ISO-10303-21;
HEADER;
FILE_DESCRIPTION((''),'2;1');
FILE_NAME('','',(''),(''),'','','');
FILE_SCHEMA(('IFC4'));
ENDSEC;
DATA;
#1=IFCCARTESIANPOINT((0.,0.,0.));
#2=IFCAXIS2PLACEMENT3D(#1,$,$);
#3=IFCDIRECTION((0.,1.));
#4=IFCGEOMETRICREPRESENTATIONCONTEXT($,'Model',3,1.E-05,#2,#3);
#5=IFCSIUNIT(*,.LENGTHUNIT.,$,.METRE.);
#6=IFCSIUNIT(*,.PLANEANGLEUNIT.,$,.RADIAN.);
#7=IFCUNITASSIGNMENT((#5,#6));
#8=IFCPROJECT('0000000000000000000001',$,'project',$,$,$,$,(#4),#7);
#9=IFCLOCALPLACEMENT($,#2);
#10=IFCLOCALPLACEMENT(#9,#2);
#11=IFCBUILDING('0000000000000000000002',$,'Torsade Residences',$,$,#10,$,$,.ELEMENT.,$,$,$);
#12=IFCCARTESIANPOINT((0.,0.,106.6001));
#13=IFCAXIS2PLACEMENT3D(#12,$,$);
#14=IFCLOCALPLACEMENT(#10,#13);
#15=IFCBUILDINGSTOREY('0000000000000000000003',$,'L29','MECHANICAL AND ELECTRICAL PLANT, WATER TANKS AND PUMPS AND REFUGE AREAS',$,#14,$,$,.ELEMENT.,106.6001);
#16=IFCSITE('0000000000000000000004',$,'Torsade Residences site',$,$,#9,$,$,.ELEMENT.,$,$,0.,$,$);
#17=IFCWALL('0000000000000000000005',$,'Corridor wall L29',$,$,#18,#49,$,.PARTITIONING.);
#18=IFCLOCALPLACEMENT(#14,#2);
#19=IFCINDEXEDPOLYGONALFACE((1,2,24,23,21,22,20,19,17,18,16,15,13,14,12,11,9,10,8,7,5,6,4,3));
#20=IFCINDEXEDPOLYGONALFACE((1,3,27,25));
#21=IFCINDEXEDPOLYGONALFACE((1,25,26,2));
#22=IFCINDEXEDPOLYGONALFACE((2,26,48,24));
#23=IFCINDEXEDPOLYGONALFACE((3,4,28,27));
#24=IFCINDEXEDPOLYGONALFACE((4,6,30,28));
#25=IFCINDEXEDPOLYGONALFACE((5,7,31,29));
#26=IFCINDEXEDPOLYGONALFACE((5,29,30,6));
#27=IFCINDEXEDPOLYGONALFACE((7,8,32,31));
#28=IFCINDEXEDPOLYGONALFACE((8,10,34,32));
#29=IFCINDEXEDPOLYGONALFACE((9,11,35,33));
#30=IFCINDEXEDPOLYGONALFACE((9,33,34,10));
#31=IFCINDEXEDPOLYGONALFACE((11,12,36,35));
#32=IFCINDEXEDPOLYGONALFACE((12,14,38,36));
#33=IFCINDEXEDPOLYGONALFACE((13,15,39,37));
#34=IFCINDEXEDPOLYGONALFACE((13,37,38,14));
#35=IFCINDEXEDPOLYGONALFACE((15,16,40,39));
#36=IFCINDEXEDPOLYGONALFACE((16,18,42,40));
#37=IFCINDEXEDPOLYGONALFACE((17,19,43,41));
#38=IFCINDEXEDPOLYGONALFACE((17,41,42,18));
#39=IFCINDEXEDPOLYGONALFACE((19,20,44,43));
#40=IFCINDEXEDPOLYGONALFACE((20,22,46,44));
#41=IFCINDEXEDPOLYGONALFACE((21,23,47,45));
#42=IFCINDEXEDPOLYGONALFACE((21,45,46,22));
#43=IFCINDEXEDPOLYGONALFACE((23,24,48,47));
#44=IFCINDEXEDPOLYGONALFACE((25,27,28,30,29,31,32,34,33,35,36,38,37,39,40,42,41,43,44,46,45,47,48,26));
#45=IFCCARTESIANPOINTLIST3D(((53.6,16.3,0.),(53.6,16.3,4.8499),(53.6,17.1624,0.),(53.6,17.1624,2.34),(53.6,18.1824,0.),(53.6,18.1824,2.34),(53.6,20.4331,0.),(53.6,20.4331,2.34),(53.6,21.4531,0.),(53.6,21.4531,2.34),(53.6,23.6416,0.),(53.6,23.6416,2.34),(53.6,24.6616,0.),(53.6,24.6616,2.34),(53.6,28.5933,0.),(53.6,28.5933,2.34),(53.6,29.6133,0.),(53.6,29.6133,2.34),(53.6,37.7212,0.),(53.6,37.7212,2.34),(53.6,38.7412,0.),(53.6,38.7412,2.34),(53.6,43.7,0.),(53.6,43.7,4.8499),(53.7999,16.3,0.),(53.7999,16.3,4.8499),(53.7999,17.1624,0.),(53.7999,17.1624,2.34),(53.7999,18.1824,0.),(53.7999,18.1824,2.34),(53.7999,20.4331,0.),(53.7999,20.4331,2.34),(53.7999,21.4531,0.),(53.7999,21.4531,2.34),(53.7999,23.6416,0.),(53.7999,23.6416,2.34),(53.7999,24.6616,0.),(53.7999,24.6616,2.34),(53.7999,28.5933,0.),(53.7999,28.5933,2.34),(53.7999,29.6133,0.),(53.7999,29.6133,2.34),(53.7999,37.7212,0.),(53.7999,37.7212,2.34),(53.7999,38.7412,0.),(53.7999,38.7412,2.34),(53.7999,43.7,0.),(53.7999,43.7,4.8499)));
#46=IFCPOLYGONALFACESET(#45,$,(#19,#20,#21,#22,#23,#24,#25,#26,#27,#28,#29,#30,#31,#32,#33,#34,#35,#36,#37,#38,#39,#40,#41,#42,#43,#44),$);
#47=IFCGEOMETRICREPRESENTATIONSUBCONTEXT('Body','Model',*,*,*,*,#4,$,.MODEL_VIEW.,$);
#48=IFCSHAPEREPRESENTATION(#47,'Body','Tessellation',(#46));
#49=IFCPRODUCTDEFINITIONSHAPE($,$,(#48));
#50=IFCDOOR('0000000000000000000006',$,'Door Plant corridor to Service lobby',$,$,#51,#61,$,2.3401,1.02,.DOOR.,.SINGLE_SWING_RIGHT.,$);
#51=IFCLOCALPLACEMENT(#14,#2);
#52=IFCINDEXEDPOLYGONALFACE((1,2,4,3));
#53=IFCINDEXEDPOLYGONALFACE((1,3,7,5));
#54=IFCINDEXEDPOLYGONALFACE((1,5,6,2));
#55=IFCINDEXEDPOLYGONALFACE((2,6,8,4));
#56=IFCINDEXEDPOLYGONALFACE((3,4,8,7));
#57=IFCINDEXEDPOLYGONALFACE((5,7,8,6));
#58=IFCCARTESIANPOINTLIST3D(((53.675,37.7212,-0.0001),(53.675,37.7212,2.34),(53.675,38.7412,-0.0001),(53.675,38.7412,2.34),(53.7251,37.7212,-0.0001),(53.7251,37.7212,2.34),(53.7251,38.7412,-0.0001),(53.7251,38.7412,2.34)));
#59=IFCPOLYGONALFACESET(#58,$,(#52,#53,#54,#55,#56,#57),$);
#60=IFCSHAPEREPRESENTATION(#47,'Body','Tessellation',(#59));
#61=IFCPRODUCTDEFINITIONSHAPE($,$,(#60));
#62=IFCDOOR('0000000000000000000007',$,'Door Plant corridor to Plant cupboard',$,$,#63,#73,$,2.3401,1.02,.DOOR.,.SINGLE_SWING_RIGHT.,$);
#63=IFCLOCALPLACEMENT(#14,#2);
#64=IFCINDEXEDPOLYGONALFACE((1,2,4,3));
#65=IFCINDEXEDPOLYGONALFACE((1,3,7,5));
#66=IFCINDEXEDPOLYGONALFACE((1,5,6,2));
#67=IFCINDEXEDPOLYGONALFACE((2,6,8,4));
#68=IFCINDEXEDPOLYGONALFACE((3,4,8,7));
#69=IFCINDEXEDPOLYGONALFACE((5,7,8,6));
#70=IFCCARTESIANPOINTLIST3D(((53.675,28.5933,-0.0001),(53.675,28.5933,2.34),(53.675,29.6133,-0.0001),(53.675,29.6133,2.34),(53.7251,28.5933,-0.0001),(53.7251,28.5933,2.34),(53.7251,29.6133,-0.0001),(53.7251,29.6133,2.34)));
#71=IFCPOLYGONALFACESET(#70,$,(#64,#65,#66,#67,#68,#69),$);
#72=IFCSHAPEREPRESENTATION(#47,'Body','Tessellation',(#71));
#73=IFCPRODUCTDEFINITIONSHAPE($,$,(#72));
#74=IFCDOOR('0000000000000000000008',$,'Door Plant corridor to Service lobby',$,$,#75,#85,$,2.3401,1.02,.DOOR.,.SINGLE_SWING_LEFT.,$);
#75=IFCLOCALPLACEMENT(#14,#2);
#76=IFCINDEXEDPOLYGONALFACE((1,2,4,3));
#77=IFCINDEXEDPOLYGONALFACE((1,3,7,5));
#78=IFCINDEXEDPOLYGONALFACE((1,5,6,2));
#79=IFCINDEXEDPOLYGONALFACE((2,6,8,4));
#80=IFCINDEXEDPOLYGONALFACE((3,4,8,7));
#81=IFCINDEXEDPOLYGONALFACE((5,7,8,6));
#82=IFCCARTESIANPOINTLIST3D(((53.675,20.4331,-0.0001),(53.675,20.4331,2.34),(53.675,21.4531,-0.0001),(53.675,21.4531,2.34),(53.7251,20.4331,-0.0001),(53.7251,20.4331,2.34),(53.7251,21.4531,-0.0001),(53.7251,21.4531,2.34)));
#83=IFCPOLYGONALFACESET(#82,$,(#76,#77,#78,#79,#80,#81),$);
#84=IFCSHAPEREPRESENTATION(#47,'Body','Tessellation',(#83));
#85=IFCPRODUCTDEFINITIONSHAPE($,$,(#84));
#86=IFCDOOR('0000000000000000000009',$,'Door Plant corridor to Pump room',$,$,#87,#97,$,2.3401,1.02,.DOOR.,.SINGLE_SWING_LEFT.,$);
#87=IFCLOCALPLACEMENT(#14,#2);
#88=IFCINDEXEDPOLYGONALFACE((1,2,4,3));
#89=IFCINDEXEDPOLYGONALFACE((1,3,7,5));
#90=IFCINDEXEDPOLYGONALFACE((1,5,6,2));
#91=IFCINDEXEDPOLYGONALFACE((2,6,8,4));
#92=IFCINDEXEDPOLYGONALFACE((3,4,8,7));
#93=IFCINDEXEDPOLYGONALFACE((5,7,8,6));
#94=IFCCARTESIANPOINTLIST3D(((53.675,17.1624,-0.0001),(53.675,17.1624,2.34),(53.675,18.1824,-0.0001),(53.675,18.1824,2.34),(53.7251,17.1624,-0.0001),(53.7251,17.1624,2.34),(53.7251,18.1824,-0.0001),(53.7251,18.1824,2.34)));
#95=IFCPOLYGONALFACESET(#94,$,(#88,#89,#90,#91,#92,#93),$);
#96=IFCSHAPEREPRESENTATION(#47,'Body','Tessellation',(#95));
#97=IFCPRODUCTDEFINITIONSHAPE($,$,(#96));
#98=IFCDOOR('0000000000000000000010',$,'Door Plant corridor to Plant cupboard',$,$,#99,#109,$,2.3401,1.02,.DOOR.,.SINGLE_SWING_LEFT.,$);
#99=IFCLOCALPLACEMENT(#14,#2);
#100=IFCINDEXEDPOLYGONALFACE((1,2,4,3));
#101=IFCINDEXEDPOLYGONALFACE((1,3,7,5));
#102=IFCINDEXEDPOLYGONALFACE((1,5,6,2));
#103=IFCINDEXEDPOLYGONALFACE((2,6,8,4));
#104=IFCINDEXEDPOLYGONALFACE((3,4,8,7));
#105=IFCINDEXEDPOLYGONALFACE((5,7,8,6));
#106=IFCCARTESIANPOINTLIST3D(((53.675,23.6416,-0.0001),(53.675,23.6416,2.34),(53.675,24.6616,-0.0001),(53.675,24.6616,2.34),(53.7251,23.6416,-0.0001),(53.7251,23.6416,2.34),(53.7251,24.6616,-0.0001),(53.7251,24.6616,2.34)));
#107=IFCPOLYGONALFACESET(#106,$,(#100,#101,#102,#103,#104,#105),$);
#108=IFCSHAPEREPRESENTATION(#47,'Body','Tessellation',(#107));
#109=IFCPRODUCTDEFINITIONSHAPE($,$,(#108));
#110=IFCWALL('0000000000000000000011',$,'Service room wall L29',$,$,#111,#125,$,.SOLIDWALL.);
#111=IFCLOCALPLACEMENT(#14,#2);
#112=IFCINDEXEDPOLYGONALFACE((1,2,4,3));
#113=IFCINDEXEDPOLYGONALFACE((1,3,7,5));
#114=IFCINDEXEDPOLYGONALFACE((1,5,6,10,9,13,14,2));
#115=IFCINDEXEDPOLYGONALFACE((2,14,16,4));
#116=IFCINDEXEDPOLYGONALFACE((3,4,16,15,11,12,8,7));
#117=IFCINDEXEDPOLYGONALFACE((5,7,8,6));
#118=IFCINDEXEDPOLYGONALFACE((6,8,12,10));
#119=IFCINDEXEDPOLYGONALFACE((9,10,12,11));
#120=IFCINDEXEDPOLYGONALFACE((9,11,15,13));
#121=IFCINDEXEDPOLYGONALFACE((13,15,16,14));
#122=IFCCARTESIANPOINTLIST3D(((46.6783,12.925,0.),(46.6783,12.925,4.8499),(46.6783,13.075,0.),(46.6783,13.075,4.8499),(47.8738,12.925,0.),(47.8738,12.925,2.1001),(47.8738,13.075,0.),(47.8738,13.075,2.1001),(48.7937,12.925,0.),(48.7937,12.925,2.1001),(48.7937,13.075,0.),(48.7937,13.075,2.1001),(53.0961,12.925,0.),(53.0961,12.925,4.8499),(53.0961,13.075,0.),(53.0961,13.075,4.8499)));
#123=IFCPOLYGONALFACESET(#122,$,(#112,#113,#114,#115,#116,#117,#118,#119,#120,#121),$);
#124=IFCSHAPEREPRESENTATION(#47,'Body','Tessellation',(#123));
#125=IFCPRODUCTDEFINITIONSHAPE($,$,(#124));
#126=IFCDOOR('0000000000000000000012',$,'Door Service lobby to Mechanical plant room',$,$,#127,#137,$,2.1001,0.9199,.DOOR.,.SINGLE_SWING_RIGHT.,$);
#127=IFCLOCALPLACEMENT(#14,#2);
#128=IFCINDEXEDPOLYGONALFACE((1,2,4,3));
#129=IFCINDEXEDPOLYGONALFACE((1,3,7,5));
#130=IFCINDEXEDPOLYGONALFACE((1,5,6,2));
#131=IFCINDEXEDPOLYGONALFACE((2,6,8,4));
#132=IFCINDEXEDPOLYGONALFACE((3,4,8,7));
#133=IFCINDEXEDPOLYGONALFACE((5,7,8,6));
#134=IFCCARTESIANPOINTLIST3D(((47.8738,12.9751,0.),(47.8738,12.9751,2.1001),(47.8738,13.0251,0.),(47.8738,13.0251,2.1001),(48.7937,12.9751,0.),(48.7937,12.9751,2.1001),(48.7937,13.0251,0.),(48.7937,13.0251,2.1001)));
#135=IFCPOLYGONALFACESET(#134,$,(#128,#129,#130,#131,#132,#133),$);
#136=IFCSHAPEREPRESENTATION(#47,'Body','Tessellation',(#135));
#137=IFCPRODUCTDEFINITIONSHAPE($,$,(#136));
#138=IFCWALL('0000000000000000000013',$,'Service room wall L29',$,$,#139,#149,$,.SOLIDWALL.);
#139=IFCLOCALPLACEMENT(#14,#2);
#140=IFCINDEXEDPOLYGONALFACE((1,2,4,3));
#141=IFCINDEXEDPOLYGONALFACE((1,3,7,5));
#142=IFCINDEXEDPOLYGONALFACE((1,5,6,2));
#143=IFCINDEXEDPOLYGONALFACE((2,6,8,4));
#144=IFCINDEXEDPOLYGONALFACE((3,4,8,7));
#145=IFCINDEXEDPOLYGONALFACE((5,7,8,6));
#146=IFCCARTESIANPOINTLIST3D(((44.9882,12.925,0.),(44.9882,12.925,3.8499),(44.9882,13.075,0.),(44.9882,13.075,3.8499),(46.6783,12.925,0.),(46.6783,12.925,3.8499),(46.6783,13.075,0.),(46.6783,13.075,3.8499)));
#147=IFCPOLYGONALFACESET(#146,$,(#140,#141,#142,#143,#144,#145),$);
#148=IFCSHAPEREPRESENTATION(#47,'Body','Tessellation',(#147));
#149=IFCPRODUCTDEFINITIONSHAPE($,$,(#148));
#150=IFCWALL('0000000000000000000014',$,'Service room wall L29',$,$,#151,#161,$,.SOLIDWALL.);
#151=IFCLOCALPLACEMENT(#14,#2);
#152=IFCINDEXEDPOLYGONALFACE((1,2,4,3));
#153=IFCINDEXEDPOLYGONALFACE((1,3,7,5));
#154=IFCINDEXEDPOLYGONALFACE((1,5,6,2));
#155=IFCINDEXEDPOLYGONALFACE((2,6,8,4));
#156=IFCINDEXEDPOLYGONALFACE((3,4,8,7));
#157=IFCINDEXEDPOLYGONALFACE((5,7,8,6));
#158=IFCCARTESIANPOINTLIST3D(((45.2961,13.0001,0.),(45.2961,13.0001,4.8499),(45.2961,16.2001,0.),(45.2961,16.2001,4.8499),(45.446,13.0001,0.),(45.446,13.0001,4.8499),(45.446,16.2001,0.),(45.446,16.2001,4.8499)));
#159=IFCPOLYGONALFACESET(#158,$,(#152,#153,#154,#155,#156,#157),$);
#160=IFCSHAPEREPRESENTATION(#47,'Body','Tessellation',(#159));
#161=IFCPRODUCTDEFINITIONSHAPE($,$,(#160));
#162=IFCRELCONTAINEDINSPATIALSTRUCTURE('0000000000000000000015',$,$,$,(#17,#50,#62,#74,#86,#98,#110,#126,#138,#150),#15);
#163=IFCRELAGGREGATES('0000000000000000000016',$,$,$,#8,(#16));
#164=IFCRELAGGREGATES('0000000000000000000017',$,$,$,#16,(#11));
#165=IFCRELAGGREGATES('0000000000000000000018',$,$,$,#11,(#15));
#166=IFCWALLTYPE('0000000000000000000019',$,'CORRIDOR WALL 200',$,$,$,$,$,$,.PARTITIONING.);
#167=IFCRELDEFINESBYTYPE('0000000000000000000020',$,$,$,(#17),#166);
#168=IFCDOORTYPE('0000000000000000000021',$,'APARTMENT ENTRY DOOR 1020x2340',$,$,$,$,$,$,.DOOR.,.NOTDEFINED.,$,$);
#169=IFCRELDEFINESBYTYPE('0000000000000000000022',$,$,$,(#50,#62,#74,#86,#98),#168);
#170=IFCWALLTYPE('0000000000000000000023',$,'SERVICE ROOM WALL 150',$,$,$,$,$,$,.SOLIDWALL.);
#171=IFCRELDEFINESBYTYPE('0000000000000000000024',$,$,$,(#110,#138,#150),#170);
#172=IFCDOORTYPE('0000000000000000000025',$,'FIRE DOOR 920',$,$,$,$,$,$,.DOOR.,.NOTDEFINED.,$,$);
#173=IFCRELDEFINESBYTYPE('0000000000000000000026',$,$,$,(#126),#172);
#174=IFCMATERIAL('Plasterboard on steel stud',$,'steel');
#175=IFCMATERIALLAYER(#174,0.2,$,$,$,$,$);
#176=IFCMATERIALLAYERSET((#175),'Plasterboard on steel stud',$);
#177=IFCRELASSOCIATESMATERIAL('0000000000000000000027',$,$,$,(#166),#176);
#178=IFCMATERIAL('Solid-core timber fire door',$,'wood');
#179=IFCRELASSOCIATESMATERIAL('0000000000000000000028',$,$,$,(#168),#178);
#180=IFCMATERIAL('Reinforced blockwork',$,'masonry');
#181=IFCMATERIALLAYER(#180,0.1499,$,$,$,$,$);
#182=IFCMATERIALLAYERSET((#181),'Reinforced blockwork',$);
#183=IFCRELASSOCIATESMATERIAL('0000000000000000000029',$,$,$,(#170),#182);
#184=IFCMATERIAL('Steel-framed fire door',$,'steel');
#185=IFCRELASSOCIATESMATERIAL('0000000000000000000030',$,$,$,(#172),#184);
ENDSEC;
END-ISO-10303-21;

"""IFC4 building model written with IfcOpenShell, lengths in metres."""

from ifc_helpers import new_model, si_unit, direction, frame, frame_2d, origin, place, context, subcontext, project, spatial, rectangle, extrude, material, layer, layer_set, type_object, element, fill, save


model = new_model("IFC4")

# Units and contexts
model_context = context("Model", 3, precision=1e-05, world=origin(), true_north=direction((0.0, 1.0)))
body_context = subcontext(model_context, "Body", "Model", "MODEL_VIEW")
ifc_project = project(units=[si_unit("LENGTHUNIT", "METRE"), si_unit("PLANEANGLEUNIT", "RADIAN")], contexts=[model_context])

# Site, building, storey
site_placement = place(None, origin())
site = spatial("IfcSite", under=ifc_project, at=site_placement, Name="Torsade Residences site", CompositionType="ELEMENT", RefElevation=0.0)
building_placement = place(site_placement, origin())
building = spatial("IfcBuilding", under=site, at=building_placement, Name="Torsade Residences", CompositionType="ELEMENT")
storey_placement = place(building_placement, frame((0.0, 0.0, 106.6001)))
storey = spatial("IfcBuildingStorey", under=building, at=storey_placement, Name="L29", Description="MECHANICAL AND ELECTRICAL PLANT, WATER TANKS AND PUMPS AND REFUGE AREAS", CompositionType="ELEMENT", Elevation=106.6001)

# Wall, openings, doors
ifc_material_1 = material(Name="Plasterboard on steel stud", Category="steel")
ifc_layer_1 = layer(ifc_material_1, 0.2)
ifc_layer_set_1 = layer_set([ifc_layer_1], Name="Plasterboard on steel stud")
wall_type_1 = type_object("IfcWallType", Name="CORRIDOR WALL 200", PredefinedType="PARTITIONING", material=ifc_layer_set_1)
wall_1_placement = place(storey_placement, frame((53.7, 16.3, 0.0), z_axis=(0.0, 0.0, 1.0), x_axis=(0.0, 1.0, 0.0)))
wall_1 = element("IfcWall", 1, at=wall_1_placement, inside=storey, type_object=wall_type_1, Name="Corridor wall L29", PredefinedType="PARTITIONING", context=body_context, shape_type="SweptSolid", body=[
    extrude(rectangle(XDim=27.3999, YDim=0.2, at=frame_2d((13.7, 0.0))), origin(), (0.0, 0.0, 1.0), 4.8499),
])
opening_1_placement = place(wall_1_placement, frame((21.4211, 0.0, 0.0)))
opening_1 = element("IfcOpeningElement", 2, at=opening_1_placement, cuts=wall_1, PredefinedType="OPENING", context=body_context, shape_type="SweptSolid", body=[
    extrude(rectangle(XDim=1.02, YDim=2.3401, at=frame_2d((0.51, 1.1699))), frame((0.0, 0.1099, 0.0), z_axis=(0.0, -1.0, 0.0), x_axis=(1.0, 0.0, 0.0)), (0.0, 0.0, 1.0), 0.22),
])
opening_2_placement = place(wall_1_placement, frame((12.2932, 0.0, 0.0)))
opening_2 = element("IfcOpeningElement", 3, at=opening_2_placement, cuts=wall_1, PredefinedType="OPENING", context=body_context, shape_type="SweptSolid", body=[
    extrude(rectangle(XDim=1.02, YDim=2.3401, at=frame_2d((0.51, 1.1699))), frame((0.0, 0.1099, 0.0), z_axis=(0.0, -1.0, 0.0), x_axis=(1.0, 0.0, 0.0)), (0.0, 0.0, 1.0), 0.22),
])
opening_3_placement = place(wall_1_placement, frame((4.1331, 0.0, 0.0)))
opening_3 = element("IfcOpeningElement", 4, at=opening_3_placement, cuts=wall_1, PredefinedType="OPENING", context=body_context, shape_type="SweptSolid", body=[
    extrude(rectangle(XDim=1.02, YDim=2.3401, at=frame_2d((0.51, 1.1699))), frame((0.0, 0.1099, 0.0), z_axis=(0.0, -1.0, 0.0), x_axis=(1.0, 0.0, 0.0)), (0.0, 0.0, 1.0), 0.22),
])
opening_4_placement = place(wall_1_placement, frame((0.8623, 0.0, 0.0)))
opening_4 = element("IfcOpeningElement", 5, at=opening_4_placement, cuts=wall_1, PredefinedType="OPENING", context=body_context, shape_type="SweptSolid", body=[
    extrude(rectangle(XDim=1.02, YDim=2.3401, at=frame_2d((0.51, 1.1699))), frame((0.0, 0.1099, 0.0), z_axis=(0.0, -1.0, 0.0), x_axis=(1.0, 0.0, 0.0)), (0.0, 0.0, 1.0), 0.22),
])
opening_5_placement = place(wall_1_placement, frame((7.3416, 0.0, 0.0)))
opening_5 = element("IfcOpeningElement", 6, at=opening_5_placement, cuts=wall_1, PredefinedType="OPENING", context=body_context, shape_type="SweptSolid", body=[
    extrude(rectangle(XDim=1.02, YDim=2.3401, at=frame_2d((0.51, 1.1699))), frame((0.0, 0.1099, 0.0), z_axis=(0.0, -1.0, 0.0), x_axis=(1.0, 0.0, 0.0)), (0.0, 0.0, 1.0), 0.22),
])
ifc_material_2 = material(Name="Solid-core timber fire door", Category="wood")
door_type_1 = type_object("IfcDoorType", Name="APARTMENT ENTRY DOOR 1020x2340", OperationType="NOTDEFINED", PredefinedType="DOOR", material=ifc_material_2)
door_1_placement = place(opening_1_placement, origin())
door_1 = element("IfcDoor", 7, at=door_1_placement, inside=storey, type_object=door_type_1, Name="Door Plant corridor to Service lobby", OperationType="SINGLE_SWING_RIGHT", OverallHeight=2.3401, OverallWidth=1.02, PredefinedType="DOOR", context=body_context, shape_type="SweptSolid", body=[
    extrude(rectangle(XDim=1.02, YDim=2.3401, at=frame_2d((0.51, 1.1699))), frame((0.0, 0.0249, 0.0), z_axis=(0.0, -1.0, 0.0), x_axis=(1.0, 0.0, 0.0)), (0.0, 0.0, 1.0), 0.05),
])
fill(opening_1, door_1)
door_2_placement = place(opening_2_placement, origin())
door_2 = element("IfcDoor", 8, at=door_2_placement, inside=storey, type_object=door_type_1, Name="Door Plant corridor to Plant cupboard", OperationType="SINGLE_SWING_RIGHT", OverallHeight=2.3401, OverallWidth=1.02, PredefinedType="DOOR", context=body_context, shape_type="SweptSolid", body=[
    extrude(rectangle(XDim=1.02, YDim=2.3401, at=frame_2d((0.51, 1.1699))), frame((0.0, 0.0249, 0.0), z_axis=(0.0, -1.0, 0.0), x_axis=(1.0, 0.0, 0.0)), (0.0, 0.0, 1.0), 0.05),
])
fill(opening_2, door_2)
door_3_placement = place(opening_3_placement, origin())
door_3 = element("IfcDoor", 9, at=door_3_placement, inside=storey, type_object=door_type_1, Name="Door Plant corridor to Service lobby", OperationType="SINGLE_SWING_LEFT", OverallHeight=2.3401, OverallWidth=1.02, PredefinedType="DOOR", context=body_context, shape_type="SweptSolid", body=[
    extrude(rectangle(XDim=1.02, YDim=2.3401, at=frame_2d((0.51, 1.1699))), frame((0.0, 0.0249, 0.0), z_axis=(0.0, -1.0, 0.0), x_axis=(1.0, 0.0, 0.0)), (0.0, 0.0, 1.0), 0.05),
])
fill(opening_3, door_3)
door_4_placement = place(opening_4_placement, origin())
door_4 = element("IfcDoor", 10, at=door_4_placement, inside=storey, type_object=door_type_1, Name="Door Plant corridor to Pump room", OperationType="SINGLE_SWING_LEFT", OverallHeight=2.3401, OverallWidth=1.02, PredefinedType="DOOR", context=body_context, shape_type="SweptSolid", body=[
    extrude(rectangle(XDim=1.02, YDim=2.3401, at=frame_2d((0.51, 1.1699))), frame((0.0, 0.0249, 0.0), z_axis=(0.0, -1.0, 0.0), x_axis=(1.0, 0.0, 0.0)), (0.0, 0.0, 1.0), 0.05),
])
fill(opening_4, door_4)
door_5_placement = place(opening_5_placement, origin())
door_5 = element("IfcDoor", 11, at=door_5_placement, inside=storey, type_object=door_type_1, Name="Door Plant corridor to Plant cupboard", OperationType="SINGLE_SWING_LEFT", OverallHeight=2.3401, OverallWidth=1.02, PredefinedType="DOOR", context=body_context, shape_type="SweptSolid", body=[
    extrude(rectangle(XDim=1.02, YDim=2.3401, at=frame_2d((0.51, 1.1699))), frame((0.0, 0.0249, 0.0), z_axis=(0.0, -1.0, 0.0), x_axis=(1.0, 0.0, 0.0)), (0.0, 0.0, 1.0), 0.05),
])
fill(opening_5, door_5)

# Wall, opening, door
ifc_material_3 = material(Name="Reinforced blockwork", Category="masonry")
ifc_layer_2 = layer(ifc_material_3, 0.1499)
ifc_layer_set_2 = layer_set([ifc_layer_2], Name="Reinforced blockwork")
wall_type_2 = type_object("IfcWallType", Name="SERVICE ROOM WALL 150", PredefinedType="SOLIDWALL", material=ifc_layer_set_2)
wall_2_placement = place(storey_placement, frame((53.0962, 13.0, 0.0), z_axis=(0.0, 0.0, 1.0), x_axis=(-1.0, 0.0, 0.0)))
wall_2 = element("IfcWall", 12, at=wall_2_placement, inside=storey, type_object=wall_type_2, Name="Service room wall L29", PredefinedType="SOLIDWALL", context=body_context, shape_type="SweptSolid", body=[
    extrude(rectangle(XDim=6.4177, YDim=0.1499, at=frame_2d((3.209, 0.0))), origin(), (0.0, 0.0, 1.0), 4.8499),
])
opening_6_placement = place(wall_2_placement, frame((4.3025, 0.0, 0.0)))
opening_6 = element("IfcOpeningElement", 13, at=opening_6_placement, cuts=wall_2, PredefinedType="OPENING", context=body_context, shape_type="SweptSolid", body=[
    extrude(rectangle(XDim=0.9199, YDim=2.1001, at=frame_2d((0.46, 1.05))), frame((0.0, 0.085, 0.0), z_axis=(0.0, -1.0, 0.0), x_axis=(1.0, 0.0, 0.0)), (0.0, 0.0, 1.0), 0.1699),
])
ifc_material_4 = material(Name="Steel-framed fire door", Category="steel")
door_type_2 = type_object("IfcDoorType", Name="FIRE DOOR 920", OperationType="NOTDEFINED", PredefinedType="DOOR", material=ifc_material_4)
door_6_placement = place(opening_6_placement, origin())
door_6 = element("IfcDoor", 14, at=door_6_placement, inside=storey, type_object=door_type_2, Name="Door Service lobby to Mechanical plant room", OperationType="SINGLE_SWING_RIGHT", OverallHeight=2.1001, OverallWidth=0.9199, PredefinedType="DOOR", context=body_context, shape_type="SweptSolid", body=[
    extrude(rectangle(XDim=0.9199, YDim=2.1001, at=frame_2d((0.46, 1.05))), frame((0.0, 0.0249, 0.0), z_axis=(0.0, -1.0, 0.0), x_axis=(1.0, 0.0, 0.0)), (0.0, 0.0, 1.0), 0.05),
])
fill(opening_6, door_6)

# Walls
wall_3_placement = place(storey_placement, frame((46.6785, 13.0, 0.0), z_axis=(0.0, 0.0, 1.0), x_axis=(-1.0, 0.0, 0.0)))
element("IfcWall", 15, at=wall_3_placement, inside=storey, type_object=wall_type_2, Name="Service room wall L29", PredefinedType="SOLIDWALL", context=body_context, shape_type="SweptSolid", body=[
    extrude(rectangle(XDim=1.6902, YDim=0.1499, at=frame_2d((0.8452, 0.0))), origin(), (0.0, 0.0, 1.0), 3.8499),
])
wall_4_placement = place(storey_placement, frame((45.3711, 13.0, 0.0), z_axis=(0.0, 0.0, 1.0), x_axis=(0.0, 1.0, 0.0)))
element("IfcWall", 16, at=wall_4_placement, inside=storey, type_object=wall_type_2, Name="Service room wall L29", PredefinedType="SOLIDWALL", context=body_context, shape_type="SweptSolid", body=[
    extrude(rectangle(XDim=3.2, YDim=0.1499, at=frame_2d((1.6001, 0.0))), origin(), (0.0, 0.0, 1.0), 4.8499),
])

save(model, "model.ifc")
